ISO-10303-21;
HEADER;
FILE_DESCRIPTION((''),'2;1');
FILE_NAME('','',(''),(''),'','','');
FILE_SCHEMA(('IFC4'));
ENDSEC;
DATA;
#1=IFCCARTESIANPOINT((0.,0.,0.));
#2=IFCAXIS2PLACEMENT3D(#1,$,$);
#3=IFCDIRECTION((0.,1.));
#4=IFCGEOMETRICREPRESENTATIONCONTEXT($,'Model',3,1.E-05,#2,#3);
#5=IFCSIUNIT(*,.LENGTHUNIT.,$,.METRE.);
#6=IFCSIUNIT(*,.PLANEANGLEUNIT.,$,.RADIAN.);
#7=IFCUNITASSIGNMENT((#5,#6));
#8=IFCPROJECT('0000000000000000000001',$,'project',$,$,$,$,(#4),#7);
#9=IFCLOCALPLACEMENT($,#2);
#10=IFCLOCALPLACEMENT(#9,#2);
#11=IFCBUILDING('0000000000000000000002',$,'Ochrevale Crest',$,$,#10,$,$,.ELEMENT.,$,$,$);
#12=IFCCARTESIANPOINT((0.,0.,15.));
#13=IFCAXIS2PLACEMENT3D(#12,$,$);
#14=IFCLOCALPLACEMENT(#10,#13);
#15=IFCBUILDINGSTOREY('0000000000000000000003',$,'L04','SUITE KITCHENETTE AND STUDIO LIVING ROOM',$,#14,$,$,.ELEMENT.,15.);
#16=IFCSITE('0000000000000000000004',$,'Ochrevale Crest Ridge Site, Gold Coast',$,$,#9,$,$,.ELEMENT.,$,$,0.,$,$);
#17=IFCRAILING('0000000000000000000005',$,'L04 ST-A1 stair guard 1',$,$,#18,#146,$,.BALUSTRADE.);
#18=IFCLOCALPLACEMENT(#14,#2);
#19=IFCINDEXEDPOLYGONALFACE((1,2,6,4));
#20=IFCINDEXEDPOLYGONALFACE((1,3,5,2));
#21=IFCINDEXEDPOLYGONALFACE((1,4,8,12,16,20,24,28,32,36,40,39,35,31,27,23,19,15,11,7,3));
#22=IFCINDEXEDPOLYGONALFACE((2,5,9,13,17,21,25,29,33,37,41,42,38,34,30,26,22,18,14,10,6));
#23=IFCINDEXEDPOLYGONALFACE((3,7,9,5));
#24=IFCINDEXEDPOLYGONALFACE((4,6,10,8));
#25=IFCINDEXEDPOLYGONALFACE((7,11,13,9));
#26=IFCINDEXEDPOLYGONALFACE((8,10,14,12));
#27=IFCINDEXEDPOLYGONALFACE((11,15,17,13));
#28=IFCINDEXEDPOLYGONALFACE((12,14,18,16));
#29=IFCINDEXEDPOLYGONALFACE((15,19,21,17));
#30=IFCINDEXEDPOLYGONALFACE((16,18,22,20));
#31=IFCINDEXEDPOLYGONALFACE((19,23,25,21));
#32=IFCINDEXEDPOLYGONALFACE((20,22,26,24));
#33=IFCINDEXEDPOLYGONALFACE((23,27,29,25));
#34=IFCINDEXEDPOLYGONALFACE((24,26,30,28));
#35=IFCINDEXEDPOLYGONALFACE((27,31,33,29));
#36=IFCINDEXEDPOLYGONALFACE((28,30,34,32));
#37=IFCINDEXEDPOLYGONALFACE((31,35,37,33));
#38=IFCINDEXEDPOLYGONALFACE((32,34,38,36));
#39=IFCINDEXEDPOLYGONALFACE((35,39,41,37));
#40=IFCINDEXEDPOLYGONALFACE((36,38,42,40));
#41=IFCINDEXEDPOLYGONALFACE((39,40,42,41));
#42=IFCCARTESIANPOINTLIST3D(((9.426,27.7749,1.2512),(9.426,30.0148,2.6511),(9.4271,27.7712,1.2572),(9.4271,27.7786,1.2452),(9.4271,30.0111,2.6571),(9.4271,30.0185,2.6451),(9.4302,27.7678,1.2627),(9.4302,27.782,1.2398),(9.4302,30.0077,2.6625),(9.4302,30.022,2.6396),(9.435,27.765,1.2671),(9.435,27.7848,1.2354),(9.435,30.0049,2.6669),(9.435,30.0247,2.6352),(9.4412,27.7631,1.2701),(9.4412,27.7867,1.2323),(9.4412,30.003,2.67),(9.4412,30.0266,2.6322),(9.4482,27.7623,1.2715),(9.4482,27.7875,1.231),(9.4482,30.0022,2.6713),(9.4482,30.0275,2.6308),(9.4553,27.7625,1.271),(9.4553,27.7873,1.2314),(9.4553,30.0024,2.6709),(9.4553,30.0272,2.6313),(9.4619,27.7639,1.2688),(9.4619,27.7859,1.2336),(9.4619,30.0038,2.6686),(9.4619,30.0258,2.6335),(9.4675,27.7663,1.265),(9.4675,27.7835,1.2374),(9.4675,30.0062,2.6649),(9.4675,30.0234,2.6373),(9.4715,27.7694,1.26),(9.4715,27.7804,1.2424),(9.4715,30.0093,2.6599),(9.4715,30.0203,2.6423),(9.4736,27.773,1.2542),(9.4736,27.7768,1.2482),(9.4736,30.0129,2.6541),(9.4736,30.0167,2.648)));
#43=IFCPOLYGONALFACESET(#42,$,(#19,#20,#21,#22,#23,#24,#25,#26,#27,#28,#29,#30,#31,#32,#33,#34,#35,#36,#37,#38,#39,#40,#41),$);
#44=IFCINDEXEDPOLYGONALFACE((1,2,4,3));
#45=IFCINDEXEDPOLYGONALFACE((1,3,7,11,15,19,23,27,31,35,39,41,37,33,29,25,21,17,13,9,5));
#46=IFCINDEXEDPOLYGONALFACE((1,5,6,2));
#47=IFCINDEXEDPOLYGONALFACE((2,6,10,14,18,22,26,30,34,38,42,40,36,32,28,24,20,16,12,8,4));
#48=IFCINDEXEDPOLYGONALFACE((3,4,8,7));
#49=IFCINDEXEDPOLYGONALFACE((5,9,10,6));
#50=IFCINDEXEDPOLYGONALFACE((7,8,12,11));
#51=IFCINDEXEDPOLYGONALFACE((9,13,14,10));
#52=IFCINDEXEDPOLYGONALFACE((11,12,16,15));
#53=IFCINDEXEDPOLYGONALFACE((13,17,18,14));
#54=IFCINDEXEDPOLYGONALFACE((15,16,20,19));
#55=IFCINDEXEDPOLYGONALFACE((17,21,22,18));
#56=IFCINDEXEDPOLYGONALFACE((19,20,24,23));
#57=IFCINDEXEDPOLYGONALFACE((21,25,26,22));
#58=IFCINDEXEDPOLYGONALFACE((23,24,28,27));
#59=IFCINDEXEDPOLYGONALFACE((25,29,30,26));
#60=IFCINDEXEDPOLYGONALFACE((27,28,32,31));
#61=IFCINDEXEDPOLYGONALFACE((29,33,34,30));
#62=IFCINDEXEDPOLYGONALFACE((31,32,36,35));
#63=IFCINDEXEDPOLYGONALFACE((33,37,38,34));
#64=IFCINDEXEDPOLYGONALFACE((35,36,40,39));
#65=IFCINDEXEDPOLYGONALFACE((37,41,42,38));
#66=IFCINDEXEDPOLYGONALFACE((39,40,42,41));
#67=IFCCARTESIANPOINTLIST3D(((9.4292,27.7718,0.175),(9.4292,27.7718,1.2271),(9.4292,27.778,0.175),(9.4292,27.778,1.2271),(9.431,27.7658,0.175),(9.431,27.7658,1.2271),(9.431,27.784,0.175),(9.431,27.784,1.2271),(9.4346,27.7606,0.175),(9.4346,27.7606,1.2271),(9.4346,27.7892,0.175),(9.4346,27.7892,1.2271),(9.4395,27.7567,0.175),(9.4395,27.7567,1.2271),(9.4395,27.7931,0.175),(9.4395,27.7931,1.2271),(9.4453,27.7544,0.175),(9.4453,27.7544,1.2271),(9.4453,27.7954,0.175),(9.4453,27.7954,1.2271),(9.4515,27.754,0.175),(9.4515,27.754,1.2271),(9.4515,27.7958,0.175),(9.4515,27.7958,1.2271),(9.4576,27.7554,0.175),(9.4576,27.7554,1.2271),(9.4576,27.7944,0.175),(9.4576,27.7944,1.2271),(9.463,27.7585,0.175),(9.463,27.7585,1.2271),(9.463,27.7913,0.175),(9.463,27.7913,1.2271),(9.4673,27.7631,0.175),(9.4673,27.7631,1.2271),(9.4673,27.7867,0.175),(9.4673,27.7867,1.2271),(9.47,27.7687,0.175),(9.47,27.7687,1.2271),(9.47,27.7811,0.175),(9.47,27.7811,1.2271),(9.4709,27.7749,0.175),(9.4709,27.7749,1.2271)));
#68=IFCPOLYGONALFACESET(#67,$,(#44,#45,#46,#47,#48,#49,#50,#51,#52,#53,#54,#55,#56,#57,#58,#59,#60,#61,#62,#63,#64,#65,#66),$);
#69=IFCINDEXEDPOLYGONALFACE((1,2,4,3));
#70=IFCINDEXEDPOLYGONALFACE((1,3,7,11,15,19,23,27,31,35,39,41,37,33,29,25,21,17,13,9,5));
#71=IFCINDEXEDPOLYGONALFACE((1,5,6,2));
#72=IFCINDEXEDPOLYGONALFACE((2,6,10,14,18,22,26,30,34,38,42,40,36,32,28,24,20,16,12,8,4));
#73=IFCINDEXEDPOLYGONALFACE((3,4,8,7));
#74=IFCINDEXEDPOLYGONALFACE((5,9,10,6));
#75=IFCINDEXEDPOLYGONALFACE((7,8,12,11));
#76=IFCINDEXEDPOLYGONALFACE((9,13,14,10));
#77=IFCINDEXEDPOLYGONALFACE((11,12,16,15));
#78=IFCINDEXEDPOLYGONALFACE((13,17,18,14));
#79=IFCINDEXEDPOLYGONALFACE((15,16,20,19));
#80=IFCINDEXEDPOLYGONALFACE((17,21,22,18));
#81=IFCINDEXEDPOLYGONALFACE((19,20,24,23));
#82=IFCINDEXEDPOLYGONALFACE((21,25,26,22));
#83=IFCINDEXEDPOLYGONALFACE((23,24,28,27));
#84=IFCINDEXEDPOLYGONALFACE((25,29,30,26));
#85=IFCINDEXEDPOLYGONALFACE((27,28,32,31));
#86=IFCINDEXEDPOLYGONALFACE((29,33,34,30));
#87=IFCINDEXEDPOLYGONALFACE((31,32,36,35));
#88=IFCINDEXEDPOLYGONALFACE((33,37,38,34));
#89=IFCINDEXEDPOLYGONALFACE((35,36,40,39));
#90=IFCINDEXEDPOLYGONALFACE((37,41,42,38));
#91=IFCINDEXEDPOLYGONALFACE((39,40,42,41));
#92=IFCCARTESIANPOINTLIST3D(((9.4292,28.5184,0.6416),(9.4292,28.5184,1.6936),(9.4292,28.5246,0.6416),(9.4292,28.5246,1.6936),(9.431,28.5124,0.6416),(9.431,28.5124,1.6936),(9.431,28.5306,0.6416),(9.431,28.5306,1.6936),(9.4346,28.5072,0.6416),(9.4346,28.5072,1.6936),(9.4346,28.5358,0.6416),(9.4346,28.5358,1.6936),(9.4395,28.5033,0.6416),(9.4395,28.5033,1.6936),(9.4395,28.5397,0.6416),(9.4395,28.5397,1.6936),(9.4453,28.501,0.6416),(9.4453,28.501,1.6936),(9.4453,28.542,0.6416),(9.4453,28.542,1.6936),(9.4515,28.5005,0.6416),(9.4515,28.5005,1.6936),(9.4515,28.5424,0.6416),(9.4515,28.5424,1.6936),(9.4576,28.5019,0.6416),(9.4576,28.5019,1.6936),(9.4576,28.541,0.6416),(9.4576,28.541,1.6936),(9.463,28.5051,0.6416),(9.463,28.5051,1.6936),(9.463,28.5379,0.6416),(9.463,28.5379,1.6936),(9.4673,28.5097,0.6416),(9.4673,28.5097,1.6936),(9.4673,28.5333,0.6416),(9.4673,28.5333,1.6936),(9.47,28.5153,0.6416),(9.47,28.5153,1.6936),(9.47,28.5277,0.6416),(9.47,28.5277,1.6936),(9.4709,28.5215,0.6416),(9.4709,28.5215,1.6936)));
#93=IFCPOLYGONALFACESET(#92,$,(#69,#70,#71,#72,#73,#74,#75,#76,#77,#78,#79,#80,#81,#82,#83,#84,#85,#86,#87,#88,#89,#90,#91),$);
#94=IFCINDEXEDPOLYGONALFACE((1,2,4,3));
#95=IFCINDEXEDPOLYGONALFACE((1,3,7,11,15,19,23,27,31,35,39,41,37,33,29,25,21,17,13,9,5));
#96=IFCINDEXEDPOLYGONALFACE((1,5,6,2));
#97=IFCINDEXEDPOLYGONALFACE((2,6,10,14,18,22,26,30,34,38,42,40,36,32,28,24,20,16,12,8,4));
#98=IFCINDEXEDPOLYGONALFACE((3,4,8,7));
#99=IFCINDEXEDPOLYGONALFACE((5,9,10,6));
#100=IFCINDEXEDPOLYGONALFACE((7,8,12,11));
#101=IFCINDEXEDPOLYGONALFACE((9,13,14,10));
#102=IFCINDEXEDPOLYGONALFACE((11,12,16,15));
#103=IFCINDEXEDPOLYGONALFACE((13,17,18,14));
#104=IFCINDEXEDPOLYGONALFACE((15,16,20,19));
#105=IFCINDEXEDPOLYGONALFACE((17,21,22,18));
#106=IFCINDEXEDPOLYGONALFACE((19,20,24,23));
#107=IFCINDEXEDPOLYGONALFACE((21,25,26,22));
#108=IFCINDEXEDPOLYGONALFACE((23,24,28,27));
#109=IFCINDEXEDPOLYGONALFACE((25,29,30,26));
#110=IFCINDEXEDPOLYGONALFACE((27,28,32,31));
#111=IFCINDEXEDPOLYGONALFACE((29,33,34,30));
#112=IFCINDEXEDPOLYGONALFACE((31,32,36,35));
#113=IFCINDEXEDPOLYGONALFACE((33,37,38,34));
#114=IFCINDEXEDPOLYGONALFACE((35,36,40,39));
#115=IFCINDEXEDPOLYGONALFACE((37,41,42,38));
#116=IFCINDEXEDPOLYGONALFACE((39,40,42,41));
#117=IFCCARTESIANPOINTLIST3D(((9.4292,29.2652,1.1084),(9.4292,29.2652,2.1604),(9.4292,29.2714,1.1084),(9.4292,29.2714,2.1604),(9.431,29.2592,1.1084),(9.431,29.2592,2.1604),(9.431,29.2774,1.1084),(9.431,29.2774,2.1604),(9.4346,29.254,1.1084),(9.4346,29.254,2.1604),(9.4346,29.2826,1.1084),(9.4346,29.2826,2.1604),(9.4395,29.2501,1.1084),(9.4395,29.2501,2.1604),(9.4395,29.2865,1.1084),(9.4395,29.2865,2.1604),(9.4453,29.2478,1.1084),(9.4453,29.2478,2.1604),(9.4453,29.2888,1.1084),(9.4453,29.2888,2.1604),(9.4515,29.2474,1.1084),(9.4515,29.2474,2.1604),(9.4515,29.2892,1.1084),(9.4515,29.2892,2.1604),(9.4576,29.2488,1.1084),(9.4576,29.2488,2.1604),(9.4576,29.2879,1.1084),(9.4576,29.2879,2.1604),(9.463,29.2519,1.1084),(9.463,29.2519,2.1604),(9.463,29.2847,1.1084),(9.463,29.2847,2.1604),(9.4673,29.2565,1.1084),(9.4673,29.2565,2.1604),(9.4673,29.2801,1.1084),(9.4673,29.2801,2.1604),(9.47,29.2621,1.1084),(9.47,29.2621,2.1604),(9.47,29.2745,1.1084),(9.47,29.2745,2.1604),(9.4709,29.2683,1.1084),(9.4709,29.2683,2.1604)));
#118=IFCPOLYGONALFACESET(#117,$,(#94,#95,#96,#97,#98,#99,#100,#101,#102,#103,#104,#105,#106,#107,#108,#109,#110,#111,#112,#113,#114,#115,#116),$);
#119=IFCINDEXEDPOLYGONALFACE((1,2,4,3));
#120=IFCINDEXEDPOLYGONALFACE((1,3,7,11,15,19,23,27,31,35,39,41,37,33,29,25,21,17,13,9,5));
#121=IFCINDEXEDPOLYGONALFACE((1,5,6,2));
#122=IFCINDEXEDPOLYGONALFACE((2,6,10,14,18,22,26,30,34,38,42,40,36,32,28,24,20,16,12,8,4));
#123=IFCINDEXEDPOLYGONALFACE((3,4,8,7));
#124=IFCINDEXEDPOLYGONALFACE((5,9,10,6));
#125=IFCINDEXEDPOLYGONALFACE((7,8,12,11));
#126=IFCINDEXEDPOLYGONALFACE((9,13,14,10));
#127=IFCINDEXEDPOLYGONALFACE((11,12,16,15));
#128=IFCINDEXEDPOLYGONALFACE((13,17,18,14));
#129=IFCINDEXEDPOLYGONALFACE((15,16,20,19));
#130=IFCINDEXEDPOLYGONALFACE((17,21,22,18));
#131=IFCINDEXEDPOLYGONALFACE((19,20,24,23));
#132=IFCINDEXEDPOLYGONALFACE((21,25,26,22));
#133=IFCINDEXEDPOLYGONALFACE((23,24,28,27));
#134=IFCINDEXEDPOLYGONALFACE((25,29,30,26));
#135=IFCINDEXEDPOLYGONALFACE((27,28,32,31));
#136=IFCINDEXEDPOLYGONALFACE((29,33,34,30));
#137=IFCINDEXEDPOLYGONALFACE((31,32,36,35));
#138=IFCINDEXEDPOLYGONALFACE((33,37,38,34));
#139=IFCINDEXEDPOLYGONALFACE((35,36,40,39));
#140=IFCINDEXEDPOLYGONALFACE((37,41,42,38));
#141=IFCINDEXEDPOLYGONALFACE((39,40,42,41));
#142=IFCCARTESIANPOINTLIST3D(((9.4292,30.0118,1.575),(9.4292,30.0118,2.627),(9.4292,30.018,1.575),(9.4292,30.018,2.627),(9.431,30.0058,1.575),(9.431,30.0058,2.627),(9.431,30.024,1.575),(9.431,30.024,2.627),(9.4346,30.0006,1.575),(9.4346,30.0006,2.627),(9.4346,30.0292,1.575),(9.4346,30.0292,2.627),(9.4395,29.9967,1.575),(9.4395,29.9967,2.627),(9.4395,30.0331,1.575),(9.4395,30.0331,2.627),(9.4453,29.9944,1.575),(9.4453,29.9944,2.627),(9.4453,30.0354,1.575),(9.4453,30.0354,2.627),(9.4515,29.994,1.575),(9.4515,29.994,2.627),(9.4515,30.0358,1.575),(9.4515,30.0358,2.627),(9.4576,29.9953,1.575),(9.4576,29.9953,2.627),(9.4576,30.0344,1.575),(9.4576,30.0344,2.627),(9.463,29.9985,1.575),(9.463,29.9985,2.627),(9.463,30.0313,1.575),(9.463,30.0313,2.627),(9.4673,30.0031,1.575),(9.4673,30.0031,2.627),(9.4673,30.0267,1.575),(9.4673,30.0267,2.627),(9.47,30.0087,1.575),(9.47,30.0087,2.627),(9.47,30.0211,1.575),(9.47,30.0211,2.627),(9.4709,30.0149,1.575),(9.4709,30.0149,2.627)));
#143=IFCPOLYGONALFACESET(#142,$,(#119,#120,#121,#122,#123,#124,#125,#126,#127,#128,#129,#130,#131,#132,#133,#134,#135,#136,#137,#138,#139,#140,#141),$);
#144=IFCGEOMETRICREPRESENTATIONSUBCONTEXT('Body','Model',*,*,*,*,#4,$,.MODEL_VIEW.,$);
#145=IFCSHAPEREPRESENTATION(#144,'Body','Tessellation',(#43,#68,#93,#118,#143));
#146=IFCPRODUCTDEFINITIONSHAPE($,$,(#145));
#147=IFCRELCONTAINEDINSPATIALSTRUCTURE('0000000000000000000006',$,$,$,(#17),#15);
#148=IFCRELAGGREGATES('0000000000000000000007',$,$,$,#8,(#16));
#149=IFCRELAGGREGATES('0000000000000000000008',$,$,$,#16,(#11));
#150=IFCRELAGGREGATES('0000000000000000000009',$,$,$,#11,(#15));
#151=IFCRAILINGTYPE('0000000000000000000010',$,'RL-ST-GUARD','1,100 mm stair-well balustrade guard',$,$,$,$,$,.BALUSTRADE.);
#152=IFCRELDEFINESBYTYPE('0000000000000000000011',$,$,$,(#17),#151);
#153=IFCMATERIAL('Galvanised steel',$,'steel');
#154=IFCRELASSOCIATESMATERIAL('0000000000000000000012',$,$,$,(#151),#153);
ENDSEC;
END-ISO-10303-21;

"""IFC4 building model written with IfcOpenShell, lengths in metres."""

from ifc_helpers import new_model, si_unit, direction, frame, origin, origin_2d, place, context, subcontext, project, spatial, circle, extrude, material, type_object, element, save


model = new_model("IFC4")

# Units and contexts
model_context = context("Model", 3, precision=1e-05, world=origin(), true_north=direction((0.0, 1.0)))
body_context = subcontext(model_context, "Body", "Model", "MODEL_VIEW")
ifc_project = project(units=[si_unit("LENGTHUNIT", "METRE"), si_unit("PLANEANGLEUNIT", "RADIAN")], contexts=[model_context])

# Site, building, storey
site_placement = place(None, origin())
site = spatial("IfcSite", under=ifc_project, at=site_placement, Name="Ochrevale Crest Ridge Site, Gold Coast", CompositionType="ELEMENT", RefElevation=0.0)
building_placement = place(site_placement, origin())
building = spatial("IfcBuilding", under=site, at=building_placement, Name="Ochrevale Crest", CompositionType="ELEMENT")
storey_placement = place(building_placement, frame((0.0, 0.0, 15.0)))
storey = spatial("IfcBuildingStorey", under=building, at=storey_placement, Name="L04", Description="SUITE KITCHENETTE AND STUDIO LIVING ROOM", CompositionType="ELEMENT", Elevation=15.0)

# Railing
ifc_material_1 = material(Name="Galvanised steel", Category="steel")
railing_type_1 = type_object("IfcRailingType", Name="RL-ST-GUARD", Description="1,100 mm stair-well balustrade guard", PredefinedType="BALUSTRADE", material=ifc_material_1)
railing_1_placement = place(storey_placement, frame((9.45, 27.7749, 0.175)))
element("IfcRailing", 1, at=railing_1_placement, inside=storey, type_object=railing_type_1, Name="L04 ST-A1 stair guard 1", PredefinedType="BALUSTRADE", context=body_context, shape_type="SweptSolid", body=[
    extrude(circle(Radius=0.0239, at=origin_2d()), frame((0.0, 0.0, 1.0762), z_axis=(0.0, 0.848014, 0.529974), x_axis=(-1.0, 0.0, 0.0)), (0.0, 0.0, 1.0), 2.6414),
    extrude(circle(Radius=0.021, at=origin_2d()), origin(), (0.0, 0.0, 1.0), 1.052),
    extrude(circle(Radius=0.021, at=origin_2d()), frame((0.0, 0.7466, 0.4666)), (0.0, 0.0, 1.0), 1.052),
    extrude(circle(Radius=0.021, at=origin_2d()), frame((0.0, 1.4934, 0.9333)), (0.0, 0.0, 1.0), 1.052),
    extrude(circle(Radius=0.021, at=origin_2d()), frame((0.0, 2.24, 1.3999)), (0.0, 0.0, 1.0), 1.052),
])

save(model, "model.ifc")
